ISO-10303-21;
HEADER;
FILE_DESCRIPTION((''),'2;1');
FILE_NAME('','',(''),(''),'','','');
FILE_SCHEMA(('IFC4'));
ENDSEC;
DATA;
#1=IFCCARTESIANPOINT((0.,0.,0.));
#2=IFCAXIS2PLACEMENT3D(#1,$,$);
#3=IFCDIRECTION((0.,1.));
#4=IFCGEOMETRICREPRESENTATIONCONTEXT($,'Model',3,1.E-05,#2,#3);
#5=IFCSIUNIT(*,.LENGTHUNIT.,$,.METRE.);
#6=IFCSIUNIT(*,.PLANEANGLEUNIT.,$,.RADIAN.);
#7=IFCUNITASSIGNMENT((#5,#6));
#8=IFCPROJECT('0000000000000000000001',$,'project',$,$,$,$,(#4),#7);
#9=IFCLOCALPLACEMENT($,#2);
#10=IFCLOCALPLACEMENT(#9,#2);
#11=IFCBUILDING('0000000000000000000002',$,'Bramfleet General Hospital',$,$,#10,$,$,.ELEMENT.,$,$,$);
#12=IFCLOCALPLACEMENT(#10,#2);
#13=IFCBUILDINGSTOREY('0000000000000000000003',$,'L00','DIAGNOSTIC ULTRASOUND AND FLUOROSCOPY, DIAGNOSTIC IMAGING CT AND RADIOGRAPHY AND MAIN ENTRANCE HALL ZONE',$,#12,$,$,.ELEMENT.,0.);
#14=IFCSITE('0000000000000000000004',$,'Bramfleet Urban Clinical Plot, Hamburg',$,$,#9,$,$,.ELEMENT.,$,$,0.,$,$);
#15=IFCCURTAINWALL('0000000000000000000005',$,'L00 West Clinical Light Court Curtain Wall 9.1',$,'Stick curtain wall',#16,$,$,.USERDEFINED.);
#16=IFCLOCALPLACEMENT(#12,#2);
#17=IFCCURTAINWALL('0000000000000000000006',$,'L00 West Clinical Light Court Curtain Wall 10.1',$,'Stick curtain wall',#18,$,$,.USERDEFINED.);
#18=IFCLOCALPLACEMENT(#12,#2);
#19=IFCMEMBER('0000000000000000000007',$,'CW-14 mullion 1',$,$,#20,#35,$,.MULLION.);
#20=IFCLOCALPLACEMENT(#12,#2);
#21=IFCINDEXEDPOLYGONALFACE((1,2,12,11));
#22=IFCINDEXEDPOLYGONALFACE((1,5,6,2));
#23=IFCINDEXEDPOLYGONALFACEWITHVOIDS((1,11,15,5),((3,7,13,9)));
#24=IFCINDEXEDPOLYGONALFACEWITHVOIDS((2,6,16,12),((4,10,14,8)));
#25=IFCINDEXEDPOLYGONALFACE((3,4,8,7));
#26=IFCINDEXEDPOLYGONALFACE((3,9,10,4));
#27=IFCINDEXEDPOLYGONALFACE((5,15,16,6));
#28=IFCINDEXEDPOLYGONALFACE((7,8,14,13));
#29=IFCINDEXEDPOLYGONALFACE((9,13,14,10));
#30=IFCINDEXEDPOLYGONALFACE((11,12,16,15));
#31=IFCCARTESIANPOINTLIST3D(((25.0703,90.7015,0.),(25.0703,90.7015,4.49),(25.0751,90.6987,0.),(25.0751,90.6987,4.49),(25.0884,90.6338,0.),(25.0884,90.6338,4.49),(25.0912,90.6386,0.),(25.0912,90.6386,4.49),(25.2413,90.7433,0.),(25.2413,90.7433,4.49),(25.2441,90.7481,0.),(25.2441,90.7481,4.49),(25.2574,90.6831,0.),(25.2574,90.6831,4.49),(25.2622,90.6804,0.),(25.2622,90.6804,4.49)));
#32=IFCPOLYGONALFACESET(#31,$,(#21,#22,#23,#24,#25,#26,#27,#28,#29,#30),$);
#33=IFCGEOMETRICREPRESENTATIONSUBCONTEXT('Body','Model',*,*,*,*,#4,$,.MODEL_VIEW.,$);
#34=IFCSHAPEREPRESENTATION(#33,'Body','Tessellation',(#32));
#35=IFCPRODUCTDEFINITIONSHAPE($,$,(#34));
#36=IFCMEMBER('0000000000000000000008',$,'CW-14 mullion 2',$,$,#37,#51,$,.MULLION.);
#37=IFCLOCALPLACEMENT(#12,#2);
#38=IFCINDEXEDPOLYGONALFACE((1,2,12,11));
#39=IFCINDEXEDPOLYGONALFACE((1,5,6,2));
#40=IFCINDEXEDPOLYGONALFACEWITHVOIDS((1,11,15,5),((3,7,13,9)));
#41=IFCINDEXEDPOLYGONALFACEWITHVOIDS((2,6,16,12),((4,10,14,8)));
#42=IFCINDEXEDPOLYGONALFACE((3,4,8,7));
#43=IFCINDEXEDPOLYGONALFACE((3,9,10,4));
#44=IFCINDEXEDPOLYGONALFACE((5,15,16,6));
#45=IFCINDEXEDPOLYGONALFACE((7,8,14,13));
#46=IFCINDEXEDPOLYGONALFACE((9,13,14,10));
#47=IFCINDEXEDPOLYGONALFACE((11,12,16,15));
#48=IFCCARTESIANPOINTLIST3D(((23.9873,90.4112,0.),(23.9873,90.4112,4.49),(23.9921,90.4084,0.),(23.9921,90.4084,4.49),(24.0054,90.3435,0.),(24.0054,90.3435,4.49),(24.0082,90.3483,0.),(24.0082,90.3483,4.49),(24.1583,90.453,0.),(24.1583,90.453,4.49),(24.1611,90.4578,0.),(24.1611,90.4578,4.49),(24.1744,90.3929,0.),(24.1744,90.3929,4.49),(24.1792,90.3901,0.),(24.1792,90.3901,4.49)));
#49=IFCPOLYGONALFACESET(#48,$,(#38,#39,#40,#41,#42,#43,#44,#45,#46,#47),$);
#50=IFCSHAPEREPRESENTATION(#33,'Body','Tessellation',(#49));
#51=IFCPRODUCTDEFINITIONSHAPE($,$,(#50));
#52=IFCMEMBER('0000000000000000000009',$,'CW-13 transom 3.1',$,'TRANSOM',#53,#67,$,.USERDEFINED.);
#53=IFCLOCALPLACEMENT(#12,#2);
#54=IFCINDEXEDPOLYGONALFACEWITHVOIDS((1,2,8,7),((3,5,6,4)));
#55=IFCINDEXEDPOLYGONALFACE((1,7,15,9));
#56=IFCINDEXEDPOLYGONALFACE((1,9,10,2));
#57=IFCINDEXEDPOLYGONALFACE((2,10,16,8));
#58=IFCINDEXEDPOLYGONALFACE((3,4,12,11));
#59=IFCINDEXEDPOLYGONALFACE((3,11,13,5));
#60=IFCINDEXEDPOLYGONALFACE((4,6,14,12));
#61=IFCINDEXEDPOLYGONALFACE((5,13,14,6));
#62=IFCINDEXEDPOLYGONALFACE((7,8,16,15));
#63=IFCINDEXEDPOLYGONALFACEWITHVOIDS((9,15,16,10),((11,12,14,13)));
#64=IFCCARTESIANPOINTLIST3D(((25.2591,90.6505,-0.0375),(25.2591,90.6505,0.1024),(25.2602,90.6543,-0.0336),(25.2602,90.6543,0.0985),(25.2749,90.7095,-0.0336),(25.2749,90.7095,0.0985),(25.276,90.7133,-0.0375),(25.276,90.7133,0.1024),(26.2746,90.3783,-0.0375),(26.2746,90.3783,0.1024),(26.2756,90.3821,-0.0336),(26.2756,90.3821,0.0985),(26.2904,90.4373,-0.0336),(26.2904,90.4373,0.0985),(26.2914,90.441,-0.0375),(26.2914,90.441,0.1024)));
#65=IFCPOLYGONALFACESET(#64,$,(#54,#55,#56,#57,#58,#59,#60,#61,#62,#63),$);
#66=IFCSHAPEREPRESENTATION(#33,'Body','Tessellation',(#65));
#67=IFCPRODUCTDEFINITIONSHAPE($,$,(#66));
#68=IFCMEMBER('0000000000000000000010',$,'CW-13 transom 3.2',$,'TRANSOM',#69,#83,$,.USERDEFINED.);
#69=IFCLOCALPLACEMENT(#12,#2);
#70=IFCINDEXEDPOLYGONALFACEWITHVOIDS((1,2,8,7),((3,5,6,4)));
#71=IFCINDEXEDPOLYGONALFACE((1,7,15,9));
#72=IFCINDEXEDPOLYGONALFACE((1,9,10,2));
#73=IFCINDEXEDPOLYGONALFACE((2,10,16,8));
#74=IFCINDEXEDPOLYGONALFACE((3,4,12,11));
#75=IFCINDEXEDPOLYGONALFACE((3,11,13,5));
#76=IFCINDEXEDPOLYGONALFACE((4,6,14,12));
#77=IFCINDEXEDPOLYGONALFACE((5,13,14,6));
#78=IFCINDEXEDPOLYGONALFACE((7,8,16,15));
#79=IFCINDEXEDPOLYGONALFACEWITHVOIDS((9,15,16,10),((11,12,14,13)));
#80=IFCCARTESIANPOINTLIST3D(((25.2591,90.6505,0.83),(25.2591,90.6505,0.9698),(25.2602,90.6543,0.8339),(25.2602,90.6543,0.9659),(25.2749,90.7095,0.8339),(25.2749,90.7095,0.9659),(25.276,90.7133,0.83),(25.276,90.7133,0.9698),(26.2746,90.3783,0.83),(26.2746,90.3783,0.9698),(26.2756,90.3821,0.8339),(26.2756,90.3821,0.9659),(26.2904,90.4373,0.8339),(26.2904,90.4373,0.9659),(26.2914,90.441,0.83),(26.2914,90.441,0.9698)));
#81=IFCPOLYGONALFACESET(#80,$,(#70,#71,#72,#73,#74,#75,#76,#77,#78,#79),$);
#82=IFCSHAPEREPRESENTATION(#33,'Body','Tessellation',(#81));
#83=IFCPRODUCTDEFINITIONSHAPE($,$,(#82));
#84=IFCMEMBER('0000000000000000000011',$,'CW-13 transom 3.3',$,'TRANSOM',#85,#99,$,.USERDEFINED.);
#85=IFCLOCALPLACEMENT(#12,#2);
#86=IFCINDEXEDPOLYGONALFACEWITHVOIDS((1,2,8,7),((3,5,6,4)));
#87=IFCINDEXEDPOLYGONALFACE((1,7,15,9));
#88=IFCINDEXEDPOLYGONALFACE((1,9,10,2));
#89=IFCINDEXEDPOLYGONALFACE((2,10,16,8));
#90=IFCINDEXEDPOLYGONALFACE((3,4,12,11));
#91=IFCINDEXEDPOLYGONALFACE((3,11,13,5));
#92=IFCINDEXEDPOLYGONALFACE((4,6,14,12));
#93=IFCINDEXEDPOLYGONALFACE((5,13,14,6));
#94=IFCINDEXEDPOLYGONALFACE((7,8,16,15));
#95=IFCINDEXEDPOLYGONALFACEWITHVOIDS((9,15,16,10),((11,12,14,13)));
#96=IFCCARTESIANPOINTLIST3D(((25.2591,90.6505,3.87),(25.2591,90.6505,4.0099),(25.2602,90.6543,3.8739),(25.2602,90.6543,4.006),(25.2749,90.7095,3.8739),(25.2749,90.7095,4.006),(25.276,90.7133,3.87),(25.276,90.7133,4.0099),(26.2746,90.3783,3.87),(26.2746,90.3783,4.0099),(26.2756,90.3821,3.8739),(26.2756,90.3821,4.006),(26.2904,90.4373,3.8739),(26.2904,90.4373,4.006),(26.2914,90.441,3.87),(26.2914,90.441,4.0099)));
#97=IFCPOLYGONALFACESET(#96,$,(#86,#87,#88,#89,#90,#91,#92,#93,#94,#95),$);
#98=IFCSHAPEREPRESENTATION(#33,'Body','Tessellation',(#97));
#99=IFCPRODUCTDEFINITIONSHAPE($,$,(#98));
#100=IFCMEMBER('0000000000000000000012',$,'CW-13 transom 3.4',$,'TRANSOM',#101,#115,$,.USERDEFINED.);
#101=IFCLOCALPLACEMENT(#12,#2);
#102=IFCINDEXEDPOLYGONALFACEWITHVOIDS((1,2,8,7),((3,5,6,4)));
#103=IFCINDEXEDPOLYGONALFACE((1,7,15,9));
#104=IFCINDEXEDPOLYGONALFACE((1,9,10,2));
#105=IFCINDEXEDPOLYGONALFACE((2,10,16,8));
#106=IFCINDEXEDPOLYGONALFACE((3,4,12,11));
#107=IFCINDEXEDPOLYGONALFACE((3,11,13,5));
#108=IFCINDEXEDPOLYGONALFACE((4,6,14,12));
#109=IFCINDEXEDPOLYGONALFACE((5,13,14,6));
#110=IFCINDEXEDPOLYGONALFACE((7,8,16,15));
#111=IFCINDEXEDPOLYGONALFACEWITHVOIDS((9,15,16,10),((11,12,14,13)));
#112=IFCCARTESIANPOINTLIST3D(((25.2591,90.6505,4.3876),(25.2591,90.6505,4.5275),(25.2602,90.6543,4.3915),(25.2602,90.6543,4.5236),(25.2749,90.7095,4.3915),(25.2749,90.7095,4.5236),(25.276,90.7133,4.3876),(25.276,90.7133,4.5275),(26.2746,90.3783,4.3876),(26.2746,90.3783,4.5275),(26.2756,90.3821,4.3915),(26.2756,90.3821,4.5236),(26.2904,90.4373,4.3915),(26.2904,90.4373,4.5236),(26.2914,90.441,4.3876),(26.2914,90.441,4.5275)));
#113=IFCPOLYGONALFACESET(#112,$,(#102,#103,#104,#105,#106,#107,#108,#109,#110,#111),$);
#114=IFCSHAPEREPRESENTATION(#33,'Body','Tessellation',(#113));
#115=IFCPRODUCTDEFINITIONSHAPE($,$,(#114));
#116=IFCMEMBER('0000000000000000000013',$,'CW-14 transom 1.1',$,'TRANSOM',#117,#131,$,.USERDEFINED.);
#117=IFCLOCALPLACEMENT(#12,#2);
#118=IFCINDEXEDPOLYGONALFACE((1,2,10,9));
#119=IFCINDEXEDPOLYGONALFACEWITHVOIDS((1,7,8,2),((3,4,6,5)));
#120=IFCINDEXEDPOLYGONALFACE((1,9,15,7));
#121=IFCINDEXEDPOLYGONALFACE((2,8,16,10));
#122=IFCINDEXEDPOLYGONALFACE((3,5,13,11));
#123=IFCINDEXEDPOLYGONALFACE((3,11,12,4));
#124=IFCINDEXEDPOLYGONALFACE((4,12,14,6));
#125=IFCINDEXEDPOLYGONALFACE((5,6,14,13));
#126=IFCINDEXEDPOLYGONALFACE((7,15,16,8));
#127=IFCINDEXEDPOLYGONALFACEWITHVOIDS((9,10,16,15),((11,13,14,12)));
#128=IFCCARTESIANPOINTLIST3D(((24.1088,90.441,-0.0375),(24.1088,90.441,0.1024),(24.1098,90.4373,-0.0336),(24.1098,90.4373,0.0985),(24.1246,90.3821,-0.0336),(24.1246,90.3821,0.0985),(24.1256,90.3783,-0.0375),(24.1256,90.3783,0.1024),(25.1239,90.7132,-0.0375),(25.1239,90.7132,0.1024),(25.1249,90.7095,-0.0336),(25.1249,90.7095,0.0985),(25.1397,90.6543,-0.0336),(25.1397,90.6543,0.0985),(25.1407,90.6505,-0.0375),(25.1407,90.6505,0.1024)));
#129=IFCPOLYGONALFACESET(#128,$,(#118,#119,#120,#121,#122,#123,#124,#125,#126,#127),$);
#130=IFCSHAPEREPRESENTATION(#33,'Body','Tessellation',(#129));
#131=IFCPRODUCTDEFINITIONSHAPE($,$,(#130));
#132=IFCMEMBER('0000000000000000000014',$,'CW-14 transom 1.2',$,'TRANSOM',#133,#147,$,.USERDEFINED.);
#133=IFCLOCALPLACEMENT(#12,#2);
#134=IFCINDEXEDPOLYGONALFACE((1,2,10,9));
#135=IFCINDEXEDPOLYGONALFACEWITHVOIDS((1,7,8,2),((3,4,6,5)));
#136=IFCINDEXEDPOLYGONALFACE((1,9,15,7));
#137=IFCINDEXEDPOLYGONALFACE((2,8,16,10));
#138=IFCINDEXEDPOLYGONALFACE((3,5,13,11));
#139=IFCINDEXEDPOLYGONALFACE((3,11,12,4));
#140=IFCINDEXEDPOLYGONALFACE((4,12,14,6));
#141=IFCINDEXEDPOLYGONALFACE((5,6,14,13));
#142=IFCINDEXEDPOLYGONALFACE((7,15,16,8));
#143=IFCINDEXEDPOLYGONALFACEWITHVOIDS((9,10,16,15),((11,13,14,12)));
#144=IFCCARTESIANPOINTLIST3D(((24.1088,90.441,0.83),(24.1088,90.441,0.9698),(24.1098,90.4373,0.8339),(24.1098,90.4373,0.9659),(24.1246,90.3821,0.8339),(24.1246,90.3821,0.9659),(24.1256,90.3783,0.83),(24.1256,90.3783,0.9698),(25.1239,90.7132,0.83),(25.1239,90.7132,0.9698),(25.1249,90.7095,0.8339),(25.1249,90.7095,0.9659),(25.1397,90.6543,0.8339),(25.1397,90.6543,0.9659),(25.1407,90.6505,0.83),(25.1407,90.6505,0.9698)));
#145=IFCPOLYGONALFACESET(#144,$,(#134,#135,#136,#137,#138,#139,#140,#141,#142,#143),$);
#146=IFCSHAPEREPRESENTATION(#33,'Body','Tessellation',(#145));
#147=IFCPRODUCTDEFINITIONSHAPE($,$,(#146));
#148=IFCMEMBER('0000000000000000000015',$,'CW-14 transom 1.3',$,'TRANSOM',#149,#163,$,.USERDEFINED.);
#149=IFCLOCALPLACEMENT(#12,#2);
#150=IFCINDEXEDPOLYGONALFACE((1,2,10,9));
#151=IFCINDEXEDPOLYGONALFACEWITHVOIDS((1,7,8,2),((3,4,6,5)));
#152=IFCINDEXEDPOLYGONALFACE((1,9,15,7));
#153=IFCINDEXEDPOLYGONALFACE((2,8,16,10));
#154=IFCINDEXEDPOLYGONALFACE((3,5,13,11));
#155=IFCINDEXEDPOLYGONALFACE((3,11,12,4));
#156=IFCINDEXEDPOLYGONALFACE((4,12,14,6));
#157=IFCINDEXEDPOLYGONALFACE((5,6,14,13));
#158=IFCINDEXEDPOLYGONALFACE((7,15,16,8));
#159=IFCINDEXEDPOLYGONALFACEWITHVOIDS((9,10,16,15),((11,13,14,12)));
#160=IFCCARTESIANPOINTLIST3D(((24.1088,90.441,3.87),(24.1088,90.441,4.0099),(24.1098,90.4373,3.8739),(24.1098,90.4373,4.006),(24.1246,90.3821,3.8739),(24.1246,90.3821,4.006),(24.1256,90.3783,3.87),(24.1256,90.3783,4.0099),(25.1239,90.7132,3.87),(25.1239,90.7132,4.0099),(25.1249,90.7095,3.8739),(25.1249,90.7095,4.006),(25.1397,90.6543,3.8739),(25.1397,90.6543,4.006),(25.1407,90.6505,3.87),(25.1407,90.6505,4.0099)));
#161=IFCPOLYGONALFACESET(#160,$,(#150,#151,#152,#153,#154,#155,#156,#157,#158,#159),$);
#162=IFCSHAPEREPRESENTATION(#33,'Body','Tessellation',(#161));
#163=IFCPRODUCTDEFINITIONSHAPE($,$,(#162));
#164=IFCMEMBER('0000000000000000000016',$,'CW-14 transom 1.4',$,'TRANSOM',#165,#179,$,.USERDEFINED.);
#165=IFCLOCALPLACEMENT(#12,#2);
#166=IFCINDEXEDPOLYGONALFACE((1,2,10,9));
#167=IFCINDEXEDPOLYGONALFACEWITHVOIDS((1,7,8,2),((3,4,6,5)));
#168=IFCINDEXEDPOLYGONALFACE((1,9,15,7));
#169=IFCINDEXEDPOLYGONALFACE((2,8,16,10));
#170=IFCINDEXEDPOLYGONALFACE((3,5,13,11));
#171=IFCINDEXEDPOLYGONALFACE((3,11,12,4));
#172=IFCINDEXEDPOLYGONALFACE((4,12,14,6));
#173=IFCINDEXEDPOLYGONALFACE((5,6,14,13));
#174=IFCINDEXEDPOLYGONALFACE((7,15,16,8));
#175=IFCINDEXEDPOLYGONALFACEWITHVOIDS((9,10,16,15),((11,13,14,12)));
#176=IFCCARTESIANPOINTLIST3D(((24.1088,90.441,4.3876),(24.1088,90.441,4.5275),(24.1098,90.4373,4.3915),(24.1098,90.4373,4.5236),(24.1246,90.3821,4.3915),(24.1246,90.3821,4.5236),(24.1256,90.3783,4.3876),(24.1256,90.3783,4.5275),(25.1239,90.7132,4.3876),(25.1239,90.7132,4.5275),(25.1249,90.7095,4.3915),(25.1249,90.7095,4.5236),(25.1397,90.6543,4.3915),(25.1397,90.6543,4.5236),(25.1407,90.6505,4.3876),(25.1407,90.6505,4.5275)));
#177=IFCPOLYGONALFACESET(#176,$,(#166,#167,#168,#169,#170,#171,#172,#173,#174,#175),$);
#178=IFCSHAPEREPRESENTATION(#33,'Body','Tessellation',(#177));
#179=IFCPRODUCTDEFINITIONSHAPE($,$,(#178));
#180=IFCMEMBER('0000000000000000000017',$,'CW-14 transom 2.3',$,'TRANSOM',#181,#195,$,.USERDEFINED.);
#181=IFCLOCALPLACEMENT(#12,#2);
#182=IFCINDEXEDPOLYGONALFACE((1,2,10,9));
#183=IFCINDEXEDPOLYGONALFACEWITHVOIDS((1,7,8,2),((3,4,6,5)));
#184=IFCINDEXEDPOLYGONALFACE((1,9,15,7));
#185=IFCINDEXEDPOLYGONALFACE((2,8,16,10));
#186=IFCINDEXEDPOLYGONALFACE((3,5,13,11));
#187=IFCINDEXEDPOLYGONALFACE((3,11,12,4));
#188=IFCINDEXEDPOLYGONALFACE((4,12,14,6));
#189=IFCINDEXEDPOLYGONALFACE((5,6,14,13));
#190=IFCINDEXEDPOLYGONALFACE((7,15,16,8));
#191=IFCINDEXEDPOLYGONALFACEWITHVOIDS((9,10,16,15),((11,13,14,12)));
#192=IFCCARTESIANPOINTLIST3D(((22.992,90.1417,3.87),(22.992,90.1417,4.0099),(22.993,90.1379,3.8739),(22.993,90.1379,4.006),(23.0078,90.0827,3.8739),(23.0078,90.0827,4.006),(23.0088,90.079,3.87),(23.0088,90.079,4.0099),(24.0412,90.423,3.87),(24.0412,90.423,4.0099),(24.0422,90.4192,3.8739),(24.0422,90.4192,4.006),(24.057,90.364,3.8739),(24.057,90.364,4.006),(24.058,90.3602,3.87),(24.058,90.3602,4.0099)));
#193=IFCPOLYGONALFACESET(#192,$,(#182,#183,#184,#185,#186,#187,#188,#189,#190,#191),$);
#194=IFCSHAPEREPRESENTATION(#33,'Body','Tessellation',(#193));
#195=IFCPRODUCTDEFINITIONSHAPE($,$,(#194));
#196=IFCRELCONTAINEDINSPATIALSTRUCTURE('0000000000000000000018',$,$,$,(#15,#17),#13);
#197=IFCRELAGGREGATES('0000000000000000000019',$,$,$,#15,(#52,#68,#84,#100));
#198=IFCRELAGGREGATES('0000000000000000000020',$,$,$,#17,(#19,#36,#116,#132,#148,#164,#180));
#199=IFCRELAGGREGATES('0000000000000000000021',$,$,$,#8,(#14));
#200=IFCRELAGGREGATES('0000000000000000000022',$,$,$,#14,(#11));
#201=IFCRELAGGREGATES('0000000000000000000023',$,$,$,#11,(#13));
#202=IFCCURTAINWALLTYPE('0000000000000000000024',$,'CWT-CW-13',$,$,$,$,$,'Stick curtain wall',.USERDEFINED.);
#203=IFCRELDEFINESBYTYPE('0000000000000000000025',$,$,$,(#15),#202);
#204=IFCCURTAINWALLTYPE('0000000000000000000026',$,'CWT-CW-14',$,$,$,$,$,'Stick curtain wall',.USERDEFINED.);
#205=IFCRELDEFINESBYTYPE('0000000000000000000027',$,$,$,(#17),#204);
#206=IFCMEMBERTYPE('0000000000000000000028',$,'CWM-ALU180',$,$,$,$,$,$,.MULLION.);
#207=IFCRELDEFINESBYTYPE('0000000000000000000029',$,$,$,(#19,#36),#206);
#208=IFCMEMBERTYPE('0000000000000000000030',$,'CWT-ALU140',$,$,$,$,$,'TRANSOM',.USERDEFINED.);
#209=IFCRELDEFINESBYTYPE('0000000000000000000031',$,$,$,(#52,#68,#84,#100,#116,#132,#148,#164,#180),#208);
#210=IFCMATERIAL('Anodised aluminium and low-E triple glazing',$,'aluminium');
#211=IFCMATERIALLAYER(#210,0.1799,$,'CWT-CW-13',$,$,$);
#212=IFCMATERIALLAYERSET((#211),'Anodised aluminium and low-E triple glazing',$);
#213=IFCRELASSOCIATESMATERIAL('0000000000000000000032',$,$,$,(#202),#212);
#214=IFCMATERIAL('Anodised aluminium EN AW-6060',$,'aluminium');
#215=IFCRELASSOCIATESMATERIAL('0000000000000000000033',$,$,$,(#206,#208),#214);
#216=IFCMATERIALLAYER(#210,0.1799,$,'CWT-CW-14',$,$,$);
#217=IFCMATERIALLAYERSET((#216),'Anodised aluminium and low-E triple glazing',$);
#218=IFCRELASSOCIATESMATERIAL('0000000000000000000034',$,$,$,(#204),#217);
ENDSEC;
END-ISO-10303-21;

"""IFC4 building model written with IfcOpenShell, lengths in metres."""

from ifc_helpers import new_model, si_unit, direction, frame, origin, origin_2d, place, context, subcontext, project, spatial, hollow_rectangle, extrude, material, layer, layer_set, material_profile, profile_set, type_object, element, aggregate, save


model = new_model("IFC4")

# Units and contexts
model_context = context("Model", 3, precision=1e-05, world=origin(), true_north=direction((0.0, 1.0)))
body_context = subcontext(model_context, "Body", "Model", "MODEL_VIEW")
ifc_project = project(units=[si_unit("LENGTHUNIT", "METRE"), si_unit("PLANEANGLEUNIT", "RADIAN")], contexts=[model_context])

# Site, building, storey
site_placement = place(None, origin())
site = spatial("IfcSite", under=ifc_project, at=site_placement, Name="Bramfleet Urban Clinical Plot, Hamburg", CompositionType="ELEMENT", RefElevation=0.0)
building_placement = place(site_placement, origin())
building = spatial("IfcBuilding", under=site, at=building_placement, Name="Bramfleet General Hospital", CompositionType="ELEMENT")
storey_placement = place(building_placement, origin())
storey = spatial("IfcBuildingStorey", under=building, at=storey_placement, Name="L00", Description="DIAGNOSTIC ULTRASOUND AND FLUOROSCOPY, DIAGNOSTIC IMAGING CT AND RADIOGRAPHY AND MAIN ENTRANCE HALL ZONE", CompositionType="ELEMENT", Elevation=0.0)

# Curtain walls, members
ifc_material_1 = material(Name="Anodised aluminium and low-E triple glazing", Category="aluminium")
ifc_layer_1 = layer(ifc_material_1, 0.1799, Name="CWT-CW-13")
ifc_layer_set_1 = layer_set([ifc_layer_1], Name="Anodised aluminium and low-E triple glazing")
curtain_wall_type_1 = type_object("IfcCurtainWallType", Name="CWT-CW-13", ElementType="Stick curtain wall", PredefinedType="USERDEFINED", material=ifc_layer_set_1)
curtain_wall_1_placement = place(storey_placement, origin())
curtain_wall_1 = element("IfcCurtainWall", 1, at=curtain_wall_1_placement, inside=storey, type_object=curtain_wall_type_1, Name="L00 West Clinical Light Court Curtain Wall 9.1", ObjectType="Stick curtain wall", PredefinedType="USERDEFINED")
ifc_material_2 = material(Name="Anodised aluminium EN AW-6060", Category="aluminium")
ifc_material_profile_1 = material_profile(ifc_material_2, hollow_rectangle(XDim=0.0701, YDim=0.1799, WallThickness=0.0039, at=origin_2d()), Name="ALU 180x70x4.0")
ifc_profile_set_1 = profile_set([ifc_material_profile_1], Name="Anodised aluminium EN AW-6060")
member_type_1 = type_object("IfcMemberType", Name="CWM-ALU180", PredefinedType="MULLION", material=ifc_profile_set_1)
ifc_layer_2 = layer(ifc_material_1, 0.1799, Name="CWT-CW-14")
ifc_layer_set_2 = layer_set([ifc_layer_2], Name="Anodised aluminium and low-E triple glazing")
curtain_wall_type_2 = type_object("IfcCurtainWallType", Name="CWT-CW-14", ElementType="Stick curtain wall", PredefinedType="USERDEFINED", material=ifc_layer_set_2)
curtain_wall_2_placement = place(storey_placement, origin())
curtain_wall_2 = element("IfcCurtainWall", 2, at=curtain_wall_2_placement, inside=storey, type_object=curtain_wall_type_2, Name="L00 West Clinical Light Court Curtain Wall 10.1", ObjectType="Stick curtain wall", PredefinedType="USERDEFINED")
member_1_placement = place(storey_placement, frame((25.1663, 90.6909, 0.0), z_axis=(0.0, 0.0, 1.0), x_axis=(0.258919, -0.965899, 0.0)))
member_1 = element("IfcMember", 3, at=member_1_placement, type_object=member_type_1, Name="CW-14 mullion 1", PredefinedType="MULLION", context=body_context, shape_type="SweptSolid", body=[
    extrude(hollow_rectangle(XDim=0.0701, YDim=0.1799, WallThickness=0.0039, at=origin_2d()), origin(), (0.0, 0.0, 1.0), 4.49),
])
member_2_placement = place(storey_placement, frame((24.0833, 90.4006, 0.0), z_axis=(0.0, 0.0, 1.0), x_axis=(0.258919, -0.965899, 0.0)))
member_2 = element("IfcMember", 4, at=member_2_placement, type_object=member_type_1, Name="CW-14 mullion 2", PredefinedType="MULLION", context=body_context, shape_type="SweptSolid", body=[
    extrude(hollow_rectangle(XDim=0.0701, YDim=0.1799, WallThickness=0.0039, at=origin_2d()), origin(), (0.0, 0.0, 1.0), 4.49),
])

# Members
ifc_material_profile_2 = material_profile(ifc_material_2, hollow_rectangle(XDim=0.0649, YDim=0.1399, WallThickness=0.0039, at=origin_2d()), Name="ALU 140x65x4.0")
ifc_profile_set_2 = profile_set([ifc_material_profile_2], Name="Anodised aluminium EN AW-6060")
member_type_2 = type_object("IfcMemberType", Name="CWT-ALU140", ElementType="TRANSOM", PredefinedType="USERDEFINED", material=ifc_profile_set_2)
member_3_placement = place(storey_placement, frame((26.283, 90.4097, 0.0325), z_axis=(-0.965891, 0.258949, 0.0), x_axis=(-0.258949, -0.965891, 0.0)))
member_3 = element("IfcMember", 5, at=member_3_placement, type_object=member_type_2, Name="CW-13 transom 3.1", ObjectType="TRANSOM", PredefinedType="USERDEFINED", context=body_context, shape_type="SweptSolid", body=[
    extrude(hollow_rectangle(XDim=0.0649, YDim=0.1399, WallThickness=0.0039, at=origin_2d()), origin(), (0.0, 0.0, 1.0), 1.0513),
])
member_4_placement = place(storey_placement, frame((26.283, 90.4097, 0.8999), z_axis=(-0.965891, 0.258949, 0.0), x_axis=(-0.258949, -0.965891, 0.0)))
member_4 = element("IfcMember", 6, at=member_4_placement, type_object=member_type_2, Name="CW-13 transom 3.2", ObjectType="TRANSOM", PredefinedType="USERDEFINED", context=body_context, shape_type="SweptSolid", body=[
    extrude(hollow_rectangle(XDim=0.0649, YDim=0.1399, WallThickness=0.0039, at=origin_2d()), origin(), (0.0, 0.0, 1.0), 1.0513),
])
member_5_placement = place(storey_placement, frame((26.283, 90.4097, 3.9399), z_axis=(-0.965891, 0.258949, 0.0), x_axis=(-0.258949, -0.965891, 0.0)))
member_5 = element("IfcMember", 7, at=member_5_placement, type_object=member_type_2, Name="CW-13 transom 3.3", ObjectType="TRANSOM", PredefinedType="USERDEFINED", context=body_context, shape_type="SweptSolid", body=[
    extrude(hollow_rectangle(XDim=0.0649, YDim=0.1399, WallThickness=0.0039, at=origin_2d()), origin(), (0.0, 0.0, 1.0), 1.0513),
])
member_6_placement = place(storey_placement, frame((26.283, 90.4097, 4.4575), z_axis=(-0.965891, 0.258949, 0.0), x_axis=(-0.258949, -0.965891, 0.0)))
member_6 = element("IfcMember", 8, at=member_6_placement, type_object=member_type_2, Name="CW-13 transom 3.4", ObjectType="TRANSOM", PredefinedType="USERDEFINED", context=body_context, shape_type="SweptSolid", body=[
    extrude(hollow_rectangle(XDim=0.0649, YDim=0.1399, WallThickness=0.0039, at=origin_2d()), origin(), (0.0, 0.0, 1.0), 1.0513),
])
member_7_placement = place(storey_placement, frame((25.1323, 90.6819, 0.0325), z_axis=(-0.965875, -0.259007, 0.0), x_axis=(0.259007, -0.965875, 0.0)))
member_7 = element("IfcMember", 9, at=member_7_placement, type_object=member_type_2, Name="CW-14 transom 1.1", ObjectType="TRANSOM", PredefinedType="USERDEFINED", context=body_context, shape_type="SweptSolid", body=[
    extrude(hollow_rectangle(XDim=0.0649, YDim=0.1399, WallThickness=0.0039, at=origin_2d()), origin(), (0.0, 0.0, 1.0), 1.051),
])
member_8_placement = place(storey_placement, frame((25.1323, 90.6819, 0.8999), z_axis=(-0.965875, -0.259007, 0.0), x_axis=(0.259007, -0.965875, 0.0)))
member_8 = element("IfcMember", 10, at=member_8_placement, type_object=member_type_2, Name="CW-14 transom 1.2", ObjectType="TRANSOM", PredefinedType="USERDEFINED", context=body_context, shape_type="SweptSolid", body=[
    extrude(hollow_rectangle(XDim=0.0649, YDim=0.1399, WallThickness=0.0039, at=origin_2d()), origin(), (0.0, 0.0, 1.0), 1.051),
])
member_9_placement = place(storey_placement, frame((25.1323, 90.6819, 3.9399), z_axis=(-0.965875, -0.259007, 0.0), x_axis=(0.259007, -0.965875, 0.0)))
member_9 = element("IfcMember", 11, at=member_9_placement, type_object=member_type_2, Name="CW-14 transom 1.3", ObjectType="TRANSOM", PredefinedType="USERDEFINED", context=body_context, shape_type="SweptSolid", body=[
    extrude(hollow_rectangle(XDim=0.0649, YDim=0.1399, WallThickness=0.0039, at=origin_2d()), origin(), (0.0, 0.0, 1.0), 1.051),
])
member_10_placement = place(storey_placement, frame((25.1323, 90.6819, 4.4575), z_axis=(-0.965875, -0.259007, 0.0), x_axis=(0.259007, -0.965875, 0.0)))
member_10 = element("IfcMember", 12, at=member_10_placement, type_object=member_type_2, Name="CW-14 transom 1.4", ObjectType="TRANSOM", PredefinedType="USERDEFINED", context=body_context, shape_type="SweptSolid", body=[
    extrude(hollow_rectangle(XDim=0.0649, YDim=0.1399, WallThickness=0.0039, at=origin_2d()), origin(), (0.0, 0.0, 1.0), 1.051),
])
member_11_placement = place(storey_placement, frame((24.0496, 90.3916, 3.9399), z_axis=(-0.965891, -0.25895, 0.0), x_axis=(0.25895, -0.965891, 0.0)))
member_11 = element("IfcMember", 13, at=member_11_placement, type_object=member_type_2, Name="CW-14 transom 2.3", ObjectType="TRANSOM", PredefinedType="USERDEFINED", context=body_context, shape_type="SweptSolid", body=[
    extrude(hollow_rectangle(XDim=0.0649, YDim=0.1399, WallThickness=0.0039, at=origin_2d()), origin(), (0.0, 0.0, 1.0), 1.0862),
])

aggregate(curtain_wall_1, [member_3, member_4, member_5, member_6])
aggregate(curtain_wall_2, [member_1, member_2, member_7, member_8, member_9, member_10, member_11])

save(model, "model.ifc")
